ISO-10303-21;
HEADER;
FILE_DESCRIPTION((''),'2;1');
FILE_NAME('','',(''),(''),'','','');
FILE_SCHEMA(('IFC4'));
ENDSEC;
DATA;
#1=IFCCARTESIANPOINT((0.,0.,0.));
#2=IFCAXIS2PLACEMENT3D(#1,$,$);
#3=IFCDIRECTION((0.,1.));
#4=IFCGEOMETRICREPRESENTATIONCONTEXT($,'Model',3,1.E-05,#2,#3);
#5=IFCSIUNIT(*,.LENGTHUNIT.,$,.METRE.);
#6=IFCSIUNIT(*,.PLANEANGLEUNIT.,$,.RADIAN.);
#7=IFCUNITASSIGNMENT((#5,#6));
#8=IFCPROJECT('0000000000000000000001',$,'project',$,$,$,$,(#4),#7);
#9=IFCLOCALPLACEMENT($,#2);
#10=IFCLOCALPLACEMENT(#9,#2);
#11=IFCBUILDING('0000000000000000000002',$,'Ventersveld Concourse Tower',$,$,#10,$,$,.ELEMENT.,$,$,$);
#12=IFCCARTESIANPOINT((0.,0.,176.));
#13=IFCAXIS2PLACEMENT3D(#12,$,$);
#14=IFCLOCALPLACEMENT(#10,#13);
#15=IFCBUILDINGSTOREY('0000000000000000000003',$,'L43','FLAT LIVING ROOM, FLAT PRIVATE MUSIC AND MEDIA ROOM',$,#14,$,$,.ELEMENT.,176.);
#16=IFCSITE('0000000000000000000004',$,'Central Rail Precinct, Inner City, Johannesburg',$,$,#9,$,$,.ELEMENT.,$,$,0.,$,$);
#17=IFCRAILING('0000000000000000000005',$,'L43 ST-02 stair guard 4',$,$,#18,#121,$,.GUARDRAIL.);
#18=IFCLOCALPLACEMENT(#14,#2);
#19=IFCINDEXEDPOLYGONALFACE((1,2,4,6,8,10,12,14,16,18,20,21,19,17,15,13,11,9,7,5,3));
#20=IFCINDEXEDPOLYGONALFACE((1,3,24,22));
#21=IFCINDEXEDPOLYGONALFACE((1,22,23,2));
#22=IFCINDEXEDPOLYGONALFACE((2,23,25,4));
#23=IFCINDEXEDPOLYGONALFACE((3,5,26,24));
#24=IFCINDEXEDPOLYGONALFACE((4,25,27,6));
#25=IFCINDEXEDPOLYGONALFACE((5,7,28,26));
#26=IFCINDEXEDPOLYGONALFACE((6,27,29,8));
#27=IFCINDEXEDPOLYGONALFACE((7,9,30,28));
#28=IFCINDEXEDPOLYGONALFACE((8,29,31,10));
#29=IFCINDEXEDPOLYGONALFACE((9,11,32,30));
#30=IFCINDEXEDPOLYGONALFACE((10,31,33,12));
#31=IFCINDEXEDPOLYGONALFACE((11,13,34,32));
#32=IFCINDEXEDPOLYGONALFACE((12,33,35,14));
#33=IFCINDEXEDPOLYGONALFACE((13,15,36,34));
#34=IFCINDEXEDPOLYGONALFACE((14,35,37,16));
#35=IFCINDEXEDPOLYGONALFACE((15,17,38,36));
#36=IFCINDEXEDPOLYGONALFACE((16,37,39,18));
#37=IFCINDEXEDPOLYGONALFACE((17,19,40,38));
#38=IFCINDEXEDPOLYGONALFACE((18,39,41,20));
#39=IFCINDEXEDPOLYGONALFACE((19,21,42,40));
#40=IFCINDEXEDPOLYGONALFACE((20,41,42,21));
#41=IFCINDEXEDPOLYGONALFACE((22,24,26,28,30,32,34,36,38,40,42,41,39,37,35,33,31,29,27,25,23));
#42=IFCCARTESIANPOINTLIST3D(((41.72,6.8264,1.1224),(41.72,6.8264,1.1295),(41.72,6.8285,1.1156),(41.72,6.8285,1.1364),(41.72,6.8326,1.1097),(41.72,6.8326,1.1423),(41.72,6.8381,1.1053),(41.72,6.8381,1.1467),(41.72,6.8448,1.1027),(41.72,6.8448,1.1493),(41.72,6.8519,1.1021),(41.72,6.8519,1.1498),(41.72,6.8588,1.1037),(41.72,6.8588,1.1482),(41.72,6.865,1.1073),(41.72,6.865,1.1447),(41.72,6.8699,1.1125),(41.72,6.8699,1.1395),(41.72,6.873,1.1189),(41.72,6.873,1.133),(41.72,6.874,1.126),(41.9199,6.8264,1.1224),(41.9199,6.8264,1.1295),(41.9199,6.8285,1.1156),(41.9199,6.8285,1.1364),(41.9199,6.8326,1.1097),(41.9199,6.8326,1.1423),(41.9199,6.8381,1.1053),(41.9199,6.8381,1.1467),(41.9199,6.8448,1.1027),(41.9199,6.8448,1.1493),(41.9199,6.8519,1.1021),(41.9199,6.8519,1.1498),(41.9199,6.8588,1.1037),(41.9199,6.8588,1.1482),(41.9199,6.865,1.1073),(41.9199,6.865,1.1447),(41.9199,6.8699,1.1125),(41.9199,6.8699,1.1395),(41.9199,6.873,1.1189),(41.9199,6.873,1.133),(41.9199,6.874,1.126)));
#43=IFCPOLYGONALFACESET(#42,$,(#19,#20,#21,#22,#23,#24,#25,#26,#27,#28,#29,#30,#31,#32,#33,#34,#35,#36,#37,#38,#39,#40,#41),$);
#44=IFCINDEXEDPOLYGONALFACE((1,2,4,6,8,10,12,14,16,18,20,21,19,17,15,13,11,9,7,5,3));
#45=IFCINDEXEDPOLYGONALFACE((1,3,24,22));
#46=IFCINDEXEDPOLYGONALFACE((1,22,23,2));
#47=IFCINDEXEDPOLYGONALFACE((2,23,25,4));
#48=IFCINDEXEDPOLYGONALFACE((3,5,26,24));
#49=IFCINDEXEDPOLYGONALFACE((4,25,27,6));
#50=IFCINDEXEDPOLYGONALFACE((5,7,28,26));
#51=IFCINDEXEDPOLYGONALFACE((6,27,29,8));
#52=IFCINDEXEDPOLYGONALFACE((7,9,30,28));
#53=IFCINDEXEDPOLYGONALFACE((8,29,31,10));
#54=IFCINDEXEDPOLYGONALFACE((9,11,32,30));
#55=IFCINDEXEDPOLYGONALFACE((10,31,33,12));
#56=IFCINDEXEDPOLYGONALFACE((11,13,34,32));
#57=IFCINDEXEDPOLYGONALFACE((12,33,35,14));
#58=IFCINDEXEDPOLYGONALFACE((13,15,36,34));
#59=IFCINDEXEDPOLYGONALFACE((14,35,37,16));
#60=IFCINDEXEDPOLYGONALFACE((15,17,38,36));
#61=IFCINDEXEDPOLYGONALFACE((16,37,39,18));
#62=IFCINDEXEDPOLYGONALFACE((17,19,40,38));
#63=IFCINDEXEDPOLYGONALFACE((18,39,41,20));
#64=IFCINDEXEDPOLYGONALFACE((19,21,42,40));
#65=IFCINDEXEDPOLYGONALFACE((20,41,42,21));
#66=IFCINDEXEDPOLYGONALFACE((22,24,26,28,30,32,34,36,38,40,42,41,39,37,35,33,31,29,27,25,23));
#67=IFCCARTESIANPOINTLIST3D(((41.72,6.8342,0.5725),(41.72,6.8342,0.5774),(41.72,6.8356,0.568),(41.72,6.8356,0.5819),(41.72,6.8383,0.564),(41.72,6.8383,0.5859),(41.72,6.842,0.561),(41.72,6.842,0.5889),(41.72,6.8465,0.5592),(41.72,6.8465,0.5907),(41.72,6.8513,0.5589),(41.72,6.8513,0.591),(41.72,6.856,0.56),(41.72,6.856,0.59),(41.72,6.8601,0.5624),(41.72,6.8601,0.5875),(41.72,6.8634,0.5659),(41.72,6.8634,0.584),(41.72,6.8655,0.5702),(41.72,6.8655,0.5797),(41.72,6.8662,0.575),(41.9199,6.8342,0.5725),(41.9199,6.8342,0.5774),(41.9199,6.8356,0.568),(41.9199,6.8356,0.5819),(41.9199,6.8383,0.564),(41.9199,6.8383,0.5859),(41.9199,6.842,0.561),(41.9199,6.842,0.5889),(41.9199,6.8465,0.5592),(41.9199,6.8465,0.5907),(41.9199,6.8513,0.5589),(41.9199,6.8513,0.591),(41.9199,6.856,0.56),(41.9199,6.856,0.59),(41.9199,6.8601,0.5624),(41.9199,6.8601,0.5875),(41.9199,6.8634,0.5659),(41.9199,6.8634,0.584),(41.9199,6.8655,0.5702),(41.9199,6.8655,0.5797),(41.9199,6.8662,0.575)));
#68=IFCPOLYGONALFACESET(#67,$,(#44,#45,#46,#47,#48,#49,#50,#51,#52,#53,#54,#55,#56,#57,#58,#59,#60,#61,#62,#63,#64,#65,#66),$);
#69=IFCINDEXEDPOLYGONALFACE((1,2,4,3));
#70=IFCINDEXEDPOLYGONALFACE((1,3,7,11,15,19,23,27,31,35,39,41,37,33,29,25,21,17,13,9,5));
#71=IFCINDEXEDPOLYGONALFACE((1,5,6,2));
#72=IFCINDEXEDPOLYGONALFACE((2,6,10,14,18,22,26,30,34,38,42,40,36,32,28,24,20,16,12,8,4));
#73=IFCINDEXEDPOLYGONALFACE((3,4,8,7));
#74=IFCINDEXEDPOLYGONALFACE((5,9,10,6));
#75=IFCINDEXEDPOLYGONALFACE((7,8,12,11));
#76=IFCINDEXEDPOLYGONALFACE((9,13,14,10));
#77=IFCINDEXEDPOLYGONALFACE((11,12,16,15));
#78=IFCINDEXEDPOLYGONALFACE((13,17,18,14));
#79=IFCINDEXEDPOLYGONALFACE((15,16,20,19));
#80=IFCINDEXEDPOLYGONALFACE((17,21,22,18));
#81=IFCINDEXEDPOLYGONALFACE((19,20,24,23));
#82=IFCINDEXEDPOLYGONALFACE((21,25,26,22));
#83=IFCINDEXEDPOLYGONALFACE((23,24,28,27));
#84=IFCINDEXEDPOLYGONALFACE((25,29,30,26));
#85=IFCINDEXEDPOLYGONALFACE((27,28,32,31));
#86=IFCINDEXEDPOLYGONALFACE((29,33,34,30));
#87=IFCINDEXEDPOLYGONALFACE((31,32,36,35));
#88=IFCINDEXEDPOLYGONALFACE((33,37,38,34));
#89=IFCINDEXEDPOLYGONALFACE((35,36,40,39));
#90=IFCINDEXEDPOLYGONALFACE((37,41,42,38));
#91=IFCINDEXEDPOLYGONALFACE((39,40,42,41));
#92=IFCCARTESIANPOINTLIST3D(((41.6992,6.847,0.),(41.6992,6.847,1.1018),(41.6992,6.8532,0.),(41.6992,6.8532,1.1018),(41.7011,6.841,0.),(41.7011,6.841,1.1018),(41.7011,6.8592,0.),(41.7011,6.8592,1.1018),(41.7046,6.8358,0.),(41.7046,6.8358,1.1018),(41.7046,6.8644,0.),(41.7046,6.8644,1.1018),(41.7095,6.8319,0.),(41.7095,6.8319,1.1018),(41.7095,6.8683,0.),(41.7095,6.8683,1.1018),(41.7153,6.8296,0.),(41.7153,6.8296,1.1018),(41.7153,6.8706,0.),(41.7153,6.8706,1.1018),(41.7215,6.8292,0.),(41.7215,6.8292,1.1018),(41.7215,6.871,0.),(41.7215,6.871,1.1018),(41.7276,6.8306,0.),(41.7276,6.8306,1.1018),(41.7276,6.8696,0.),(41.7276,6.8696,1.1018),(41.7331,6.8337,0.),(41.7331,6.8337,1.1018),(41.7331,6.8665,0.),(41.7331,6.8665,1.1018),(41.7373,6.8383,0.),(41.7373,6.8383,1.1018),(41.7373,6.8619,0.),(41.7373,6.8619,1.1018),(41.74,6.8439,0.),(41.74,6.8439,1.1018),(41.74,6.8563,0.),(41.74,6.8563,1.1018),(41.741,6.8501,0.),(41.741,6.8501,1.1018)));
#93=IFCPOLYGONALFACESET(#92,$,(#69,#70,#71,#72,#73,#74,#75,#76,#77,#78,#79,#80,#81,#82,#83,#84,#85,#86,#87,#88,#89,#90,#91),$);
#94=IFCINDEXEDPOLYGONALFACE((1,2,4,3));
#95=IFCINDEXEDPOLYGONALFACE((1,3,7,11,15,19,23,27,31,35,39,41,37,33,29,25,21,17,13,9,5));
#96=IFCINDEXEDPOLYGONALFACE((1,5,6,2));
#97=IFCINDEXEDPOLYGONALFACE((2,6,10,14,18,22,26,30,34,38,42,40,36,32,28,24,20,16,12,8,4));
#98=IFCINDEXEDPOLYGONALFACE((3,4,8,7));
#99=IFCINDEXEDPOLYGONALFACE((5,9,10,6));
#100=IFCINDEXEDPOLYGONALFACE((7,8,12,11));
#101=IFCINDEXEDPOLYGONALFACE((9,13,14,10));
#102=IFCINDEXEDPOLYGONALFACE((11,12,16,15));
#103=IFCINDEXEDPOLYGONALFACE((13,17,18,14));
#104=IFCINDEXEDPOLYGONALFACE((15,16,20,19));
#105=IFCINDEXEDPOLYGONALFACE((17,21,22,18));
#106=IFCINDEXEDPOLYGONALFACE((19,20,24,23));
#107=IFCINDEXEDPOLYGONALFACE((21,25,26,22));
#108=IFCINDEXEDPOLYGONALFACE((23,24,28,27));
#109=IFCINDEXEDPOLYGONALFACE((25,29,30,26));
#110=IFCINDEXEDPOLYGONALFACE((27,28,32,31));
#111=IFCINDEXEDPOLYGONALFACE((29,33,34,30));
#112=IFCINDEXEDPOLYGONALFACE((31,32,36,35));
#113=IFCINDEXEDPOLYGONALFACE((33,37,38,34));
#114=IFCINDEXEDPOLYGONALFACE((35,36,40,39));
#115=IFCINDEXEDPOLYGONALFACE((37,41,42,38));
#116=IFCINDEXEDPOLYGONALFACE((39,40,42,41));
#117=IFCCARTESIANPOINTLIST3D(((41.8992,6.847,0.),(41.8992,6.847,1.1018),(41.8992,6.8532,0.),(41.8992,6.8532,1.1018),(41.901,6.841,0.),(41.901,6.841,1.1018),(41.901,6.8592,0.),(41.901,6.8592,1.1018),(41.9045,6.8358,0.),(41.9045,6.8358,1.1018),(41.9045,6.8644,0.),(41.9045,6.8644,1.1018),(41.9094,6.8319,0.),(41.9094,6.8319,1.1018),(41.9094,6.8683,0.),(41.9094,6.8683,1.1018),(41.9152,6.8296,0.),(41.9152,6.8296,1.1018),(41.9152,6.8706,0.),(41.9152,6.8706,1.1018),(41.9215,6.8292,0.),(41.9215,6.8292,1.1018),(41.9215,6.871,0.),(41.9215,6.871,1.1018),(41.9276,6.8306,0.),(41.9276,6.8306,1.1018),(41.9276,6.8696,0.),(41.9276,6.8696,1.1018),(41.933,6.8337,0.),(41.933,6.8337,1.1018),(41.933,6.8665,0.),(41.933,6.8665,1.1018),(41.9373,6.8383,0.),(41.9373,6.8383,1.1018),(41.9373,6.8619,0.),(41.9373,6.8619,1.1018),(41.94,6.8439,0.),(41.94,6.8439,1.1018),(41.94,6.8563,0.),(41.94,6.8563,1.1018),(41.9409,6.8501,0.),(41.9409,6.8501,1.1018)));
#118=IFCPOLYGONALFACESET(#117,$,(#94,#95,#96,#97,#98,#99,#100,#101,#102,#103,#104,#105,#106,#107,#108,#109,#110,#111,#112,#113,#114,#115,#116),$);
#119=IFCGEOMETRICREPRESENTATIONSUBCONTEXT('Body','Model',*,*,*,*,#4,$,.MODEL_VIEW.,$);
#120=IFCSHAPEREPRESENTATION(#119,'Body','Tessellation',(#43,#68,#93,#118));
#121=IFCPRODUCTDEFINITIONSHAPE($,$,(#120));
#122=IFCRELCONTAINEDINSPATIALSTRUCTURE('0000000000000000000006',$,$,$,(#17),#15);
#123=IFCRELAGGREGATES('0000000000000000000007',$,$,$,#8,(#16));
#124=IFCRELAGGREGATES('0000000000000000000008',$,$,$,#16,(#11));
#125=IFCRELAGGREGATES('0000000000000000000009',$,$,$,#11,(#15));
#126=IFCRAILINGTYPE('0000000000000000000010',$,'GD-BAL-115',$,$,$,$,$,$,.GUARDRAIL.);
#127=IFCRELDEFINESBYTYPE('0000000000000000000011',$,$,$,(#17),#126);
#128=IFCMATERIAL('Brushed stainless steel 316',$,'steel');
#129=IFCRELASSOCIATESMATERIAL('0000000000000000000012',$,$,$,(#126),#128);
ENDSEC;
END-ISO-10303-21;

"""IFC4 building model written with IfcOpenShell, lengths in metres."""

from ifc_helpers import new_model, si_unit, direction, frame, origin, origin_2d, place, context, subcontext, project, spatial, circle, extrude, material, type_object, element, save


model = new_model("IFC4")

# Units and contexts
model_context = context("Model", 3, precision=1e-05, world=origin(), true_north=direction((0.0, 1.0)))
body_context = subcontext(model_context, "Body", "Model", "MODEL_VIEW")
ifc_project = project(units=[si_unit("LENGTHUNIT", "METRE"), si_unit("PLANEANGLEUNIT", "RADIAN")], contexts=[model_context])

# Site, building, storey
site_placement = place(None, origin())
site = spatial("IfcSite", under=ifc_project, at=site_placement, Name="Central Rail Precinct, Inner City, Johannesburg", CompositionType="ELEMENT", RefElevation=0.0)
building_placement = place(site_placement, origin())
building = spatial("IfcBuilding", under=site, at=building_placement, Name="Ventersveld Concourse Tower", CompositionType="ELEMENT")
storey_placement = place(building_placement, frame((0.0, 0.0, 176.0)))
storey = spatial("IfcBuildingStorey", under=building, at=storey_placement, Name="L43", Description="FLAT LIVING ROOM, FLAT PRIVATE MUSIC AND MEDIA ROOM", CompositionType="ELEMENT", Elevation=176.0)

# Shared definitions
ifc_material_1 = material(Name="Brushed stainless steel 316", Category="steel")

# Railing
railing_type_1 = type_object("IfcRailingType", Name="GD-BAL-115", PredefinedType="GUARDRAIL", material=ifc_material_1)
railing_1_placement = place(storey_placement, frame((41.72, 6.8501, 0.0)))
element("IfcRailing", 1, at=railing_1_placement, inside=storey, type_object=railing_type_1, Name="L43 ST-02 stair guard 4", PredefinedType="GUARDRAIL", context=body_context, shape_type="SweptSolid", body=[
    extrude(circle(Radius=0.0239, at=origin_2d()), frame((0.0, 0.0, 1.126), z_axis=(1.0, 0.0, 0.0), x_axis=(0.0, 1.0, 0.0)), (0.0, 0.0, 1.0), 0.2),
    extrude(circle(Radius=0.0161, at=origin_2d()), frame((0.0, 0.0, 0.575), z_axis=(1.0, 0.0, 0.0), x_axis=(0.0, 1.0, 0.0)), (0.0, 0.0, 1.0), 0.2),
    extrude(circle(Radius=0.021, at=origin_2d()), origin(), (0.0, 0.0, 1.0), 1.1018),
    extrude(circle(Radius=0.021, at=origin_2d()), frame((0.2, 0.0, 0.0)), (0.0, 0.0, 1.0), 1.1018),
])

save(model, "model.ifc")
